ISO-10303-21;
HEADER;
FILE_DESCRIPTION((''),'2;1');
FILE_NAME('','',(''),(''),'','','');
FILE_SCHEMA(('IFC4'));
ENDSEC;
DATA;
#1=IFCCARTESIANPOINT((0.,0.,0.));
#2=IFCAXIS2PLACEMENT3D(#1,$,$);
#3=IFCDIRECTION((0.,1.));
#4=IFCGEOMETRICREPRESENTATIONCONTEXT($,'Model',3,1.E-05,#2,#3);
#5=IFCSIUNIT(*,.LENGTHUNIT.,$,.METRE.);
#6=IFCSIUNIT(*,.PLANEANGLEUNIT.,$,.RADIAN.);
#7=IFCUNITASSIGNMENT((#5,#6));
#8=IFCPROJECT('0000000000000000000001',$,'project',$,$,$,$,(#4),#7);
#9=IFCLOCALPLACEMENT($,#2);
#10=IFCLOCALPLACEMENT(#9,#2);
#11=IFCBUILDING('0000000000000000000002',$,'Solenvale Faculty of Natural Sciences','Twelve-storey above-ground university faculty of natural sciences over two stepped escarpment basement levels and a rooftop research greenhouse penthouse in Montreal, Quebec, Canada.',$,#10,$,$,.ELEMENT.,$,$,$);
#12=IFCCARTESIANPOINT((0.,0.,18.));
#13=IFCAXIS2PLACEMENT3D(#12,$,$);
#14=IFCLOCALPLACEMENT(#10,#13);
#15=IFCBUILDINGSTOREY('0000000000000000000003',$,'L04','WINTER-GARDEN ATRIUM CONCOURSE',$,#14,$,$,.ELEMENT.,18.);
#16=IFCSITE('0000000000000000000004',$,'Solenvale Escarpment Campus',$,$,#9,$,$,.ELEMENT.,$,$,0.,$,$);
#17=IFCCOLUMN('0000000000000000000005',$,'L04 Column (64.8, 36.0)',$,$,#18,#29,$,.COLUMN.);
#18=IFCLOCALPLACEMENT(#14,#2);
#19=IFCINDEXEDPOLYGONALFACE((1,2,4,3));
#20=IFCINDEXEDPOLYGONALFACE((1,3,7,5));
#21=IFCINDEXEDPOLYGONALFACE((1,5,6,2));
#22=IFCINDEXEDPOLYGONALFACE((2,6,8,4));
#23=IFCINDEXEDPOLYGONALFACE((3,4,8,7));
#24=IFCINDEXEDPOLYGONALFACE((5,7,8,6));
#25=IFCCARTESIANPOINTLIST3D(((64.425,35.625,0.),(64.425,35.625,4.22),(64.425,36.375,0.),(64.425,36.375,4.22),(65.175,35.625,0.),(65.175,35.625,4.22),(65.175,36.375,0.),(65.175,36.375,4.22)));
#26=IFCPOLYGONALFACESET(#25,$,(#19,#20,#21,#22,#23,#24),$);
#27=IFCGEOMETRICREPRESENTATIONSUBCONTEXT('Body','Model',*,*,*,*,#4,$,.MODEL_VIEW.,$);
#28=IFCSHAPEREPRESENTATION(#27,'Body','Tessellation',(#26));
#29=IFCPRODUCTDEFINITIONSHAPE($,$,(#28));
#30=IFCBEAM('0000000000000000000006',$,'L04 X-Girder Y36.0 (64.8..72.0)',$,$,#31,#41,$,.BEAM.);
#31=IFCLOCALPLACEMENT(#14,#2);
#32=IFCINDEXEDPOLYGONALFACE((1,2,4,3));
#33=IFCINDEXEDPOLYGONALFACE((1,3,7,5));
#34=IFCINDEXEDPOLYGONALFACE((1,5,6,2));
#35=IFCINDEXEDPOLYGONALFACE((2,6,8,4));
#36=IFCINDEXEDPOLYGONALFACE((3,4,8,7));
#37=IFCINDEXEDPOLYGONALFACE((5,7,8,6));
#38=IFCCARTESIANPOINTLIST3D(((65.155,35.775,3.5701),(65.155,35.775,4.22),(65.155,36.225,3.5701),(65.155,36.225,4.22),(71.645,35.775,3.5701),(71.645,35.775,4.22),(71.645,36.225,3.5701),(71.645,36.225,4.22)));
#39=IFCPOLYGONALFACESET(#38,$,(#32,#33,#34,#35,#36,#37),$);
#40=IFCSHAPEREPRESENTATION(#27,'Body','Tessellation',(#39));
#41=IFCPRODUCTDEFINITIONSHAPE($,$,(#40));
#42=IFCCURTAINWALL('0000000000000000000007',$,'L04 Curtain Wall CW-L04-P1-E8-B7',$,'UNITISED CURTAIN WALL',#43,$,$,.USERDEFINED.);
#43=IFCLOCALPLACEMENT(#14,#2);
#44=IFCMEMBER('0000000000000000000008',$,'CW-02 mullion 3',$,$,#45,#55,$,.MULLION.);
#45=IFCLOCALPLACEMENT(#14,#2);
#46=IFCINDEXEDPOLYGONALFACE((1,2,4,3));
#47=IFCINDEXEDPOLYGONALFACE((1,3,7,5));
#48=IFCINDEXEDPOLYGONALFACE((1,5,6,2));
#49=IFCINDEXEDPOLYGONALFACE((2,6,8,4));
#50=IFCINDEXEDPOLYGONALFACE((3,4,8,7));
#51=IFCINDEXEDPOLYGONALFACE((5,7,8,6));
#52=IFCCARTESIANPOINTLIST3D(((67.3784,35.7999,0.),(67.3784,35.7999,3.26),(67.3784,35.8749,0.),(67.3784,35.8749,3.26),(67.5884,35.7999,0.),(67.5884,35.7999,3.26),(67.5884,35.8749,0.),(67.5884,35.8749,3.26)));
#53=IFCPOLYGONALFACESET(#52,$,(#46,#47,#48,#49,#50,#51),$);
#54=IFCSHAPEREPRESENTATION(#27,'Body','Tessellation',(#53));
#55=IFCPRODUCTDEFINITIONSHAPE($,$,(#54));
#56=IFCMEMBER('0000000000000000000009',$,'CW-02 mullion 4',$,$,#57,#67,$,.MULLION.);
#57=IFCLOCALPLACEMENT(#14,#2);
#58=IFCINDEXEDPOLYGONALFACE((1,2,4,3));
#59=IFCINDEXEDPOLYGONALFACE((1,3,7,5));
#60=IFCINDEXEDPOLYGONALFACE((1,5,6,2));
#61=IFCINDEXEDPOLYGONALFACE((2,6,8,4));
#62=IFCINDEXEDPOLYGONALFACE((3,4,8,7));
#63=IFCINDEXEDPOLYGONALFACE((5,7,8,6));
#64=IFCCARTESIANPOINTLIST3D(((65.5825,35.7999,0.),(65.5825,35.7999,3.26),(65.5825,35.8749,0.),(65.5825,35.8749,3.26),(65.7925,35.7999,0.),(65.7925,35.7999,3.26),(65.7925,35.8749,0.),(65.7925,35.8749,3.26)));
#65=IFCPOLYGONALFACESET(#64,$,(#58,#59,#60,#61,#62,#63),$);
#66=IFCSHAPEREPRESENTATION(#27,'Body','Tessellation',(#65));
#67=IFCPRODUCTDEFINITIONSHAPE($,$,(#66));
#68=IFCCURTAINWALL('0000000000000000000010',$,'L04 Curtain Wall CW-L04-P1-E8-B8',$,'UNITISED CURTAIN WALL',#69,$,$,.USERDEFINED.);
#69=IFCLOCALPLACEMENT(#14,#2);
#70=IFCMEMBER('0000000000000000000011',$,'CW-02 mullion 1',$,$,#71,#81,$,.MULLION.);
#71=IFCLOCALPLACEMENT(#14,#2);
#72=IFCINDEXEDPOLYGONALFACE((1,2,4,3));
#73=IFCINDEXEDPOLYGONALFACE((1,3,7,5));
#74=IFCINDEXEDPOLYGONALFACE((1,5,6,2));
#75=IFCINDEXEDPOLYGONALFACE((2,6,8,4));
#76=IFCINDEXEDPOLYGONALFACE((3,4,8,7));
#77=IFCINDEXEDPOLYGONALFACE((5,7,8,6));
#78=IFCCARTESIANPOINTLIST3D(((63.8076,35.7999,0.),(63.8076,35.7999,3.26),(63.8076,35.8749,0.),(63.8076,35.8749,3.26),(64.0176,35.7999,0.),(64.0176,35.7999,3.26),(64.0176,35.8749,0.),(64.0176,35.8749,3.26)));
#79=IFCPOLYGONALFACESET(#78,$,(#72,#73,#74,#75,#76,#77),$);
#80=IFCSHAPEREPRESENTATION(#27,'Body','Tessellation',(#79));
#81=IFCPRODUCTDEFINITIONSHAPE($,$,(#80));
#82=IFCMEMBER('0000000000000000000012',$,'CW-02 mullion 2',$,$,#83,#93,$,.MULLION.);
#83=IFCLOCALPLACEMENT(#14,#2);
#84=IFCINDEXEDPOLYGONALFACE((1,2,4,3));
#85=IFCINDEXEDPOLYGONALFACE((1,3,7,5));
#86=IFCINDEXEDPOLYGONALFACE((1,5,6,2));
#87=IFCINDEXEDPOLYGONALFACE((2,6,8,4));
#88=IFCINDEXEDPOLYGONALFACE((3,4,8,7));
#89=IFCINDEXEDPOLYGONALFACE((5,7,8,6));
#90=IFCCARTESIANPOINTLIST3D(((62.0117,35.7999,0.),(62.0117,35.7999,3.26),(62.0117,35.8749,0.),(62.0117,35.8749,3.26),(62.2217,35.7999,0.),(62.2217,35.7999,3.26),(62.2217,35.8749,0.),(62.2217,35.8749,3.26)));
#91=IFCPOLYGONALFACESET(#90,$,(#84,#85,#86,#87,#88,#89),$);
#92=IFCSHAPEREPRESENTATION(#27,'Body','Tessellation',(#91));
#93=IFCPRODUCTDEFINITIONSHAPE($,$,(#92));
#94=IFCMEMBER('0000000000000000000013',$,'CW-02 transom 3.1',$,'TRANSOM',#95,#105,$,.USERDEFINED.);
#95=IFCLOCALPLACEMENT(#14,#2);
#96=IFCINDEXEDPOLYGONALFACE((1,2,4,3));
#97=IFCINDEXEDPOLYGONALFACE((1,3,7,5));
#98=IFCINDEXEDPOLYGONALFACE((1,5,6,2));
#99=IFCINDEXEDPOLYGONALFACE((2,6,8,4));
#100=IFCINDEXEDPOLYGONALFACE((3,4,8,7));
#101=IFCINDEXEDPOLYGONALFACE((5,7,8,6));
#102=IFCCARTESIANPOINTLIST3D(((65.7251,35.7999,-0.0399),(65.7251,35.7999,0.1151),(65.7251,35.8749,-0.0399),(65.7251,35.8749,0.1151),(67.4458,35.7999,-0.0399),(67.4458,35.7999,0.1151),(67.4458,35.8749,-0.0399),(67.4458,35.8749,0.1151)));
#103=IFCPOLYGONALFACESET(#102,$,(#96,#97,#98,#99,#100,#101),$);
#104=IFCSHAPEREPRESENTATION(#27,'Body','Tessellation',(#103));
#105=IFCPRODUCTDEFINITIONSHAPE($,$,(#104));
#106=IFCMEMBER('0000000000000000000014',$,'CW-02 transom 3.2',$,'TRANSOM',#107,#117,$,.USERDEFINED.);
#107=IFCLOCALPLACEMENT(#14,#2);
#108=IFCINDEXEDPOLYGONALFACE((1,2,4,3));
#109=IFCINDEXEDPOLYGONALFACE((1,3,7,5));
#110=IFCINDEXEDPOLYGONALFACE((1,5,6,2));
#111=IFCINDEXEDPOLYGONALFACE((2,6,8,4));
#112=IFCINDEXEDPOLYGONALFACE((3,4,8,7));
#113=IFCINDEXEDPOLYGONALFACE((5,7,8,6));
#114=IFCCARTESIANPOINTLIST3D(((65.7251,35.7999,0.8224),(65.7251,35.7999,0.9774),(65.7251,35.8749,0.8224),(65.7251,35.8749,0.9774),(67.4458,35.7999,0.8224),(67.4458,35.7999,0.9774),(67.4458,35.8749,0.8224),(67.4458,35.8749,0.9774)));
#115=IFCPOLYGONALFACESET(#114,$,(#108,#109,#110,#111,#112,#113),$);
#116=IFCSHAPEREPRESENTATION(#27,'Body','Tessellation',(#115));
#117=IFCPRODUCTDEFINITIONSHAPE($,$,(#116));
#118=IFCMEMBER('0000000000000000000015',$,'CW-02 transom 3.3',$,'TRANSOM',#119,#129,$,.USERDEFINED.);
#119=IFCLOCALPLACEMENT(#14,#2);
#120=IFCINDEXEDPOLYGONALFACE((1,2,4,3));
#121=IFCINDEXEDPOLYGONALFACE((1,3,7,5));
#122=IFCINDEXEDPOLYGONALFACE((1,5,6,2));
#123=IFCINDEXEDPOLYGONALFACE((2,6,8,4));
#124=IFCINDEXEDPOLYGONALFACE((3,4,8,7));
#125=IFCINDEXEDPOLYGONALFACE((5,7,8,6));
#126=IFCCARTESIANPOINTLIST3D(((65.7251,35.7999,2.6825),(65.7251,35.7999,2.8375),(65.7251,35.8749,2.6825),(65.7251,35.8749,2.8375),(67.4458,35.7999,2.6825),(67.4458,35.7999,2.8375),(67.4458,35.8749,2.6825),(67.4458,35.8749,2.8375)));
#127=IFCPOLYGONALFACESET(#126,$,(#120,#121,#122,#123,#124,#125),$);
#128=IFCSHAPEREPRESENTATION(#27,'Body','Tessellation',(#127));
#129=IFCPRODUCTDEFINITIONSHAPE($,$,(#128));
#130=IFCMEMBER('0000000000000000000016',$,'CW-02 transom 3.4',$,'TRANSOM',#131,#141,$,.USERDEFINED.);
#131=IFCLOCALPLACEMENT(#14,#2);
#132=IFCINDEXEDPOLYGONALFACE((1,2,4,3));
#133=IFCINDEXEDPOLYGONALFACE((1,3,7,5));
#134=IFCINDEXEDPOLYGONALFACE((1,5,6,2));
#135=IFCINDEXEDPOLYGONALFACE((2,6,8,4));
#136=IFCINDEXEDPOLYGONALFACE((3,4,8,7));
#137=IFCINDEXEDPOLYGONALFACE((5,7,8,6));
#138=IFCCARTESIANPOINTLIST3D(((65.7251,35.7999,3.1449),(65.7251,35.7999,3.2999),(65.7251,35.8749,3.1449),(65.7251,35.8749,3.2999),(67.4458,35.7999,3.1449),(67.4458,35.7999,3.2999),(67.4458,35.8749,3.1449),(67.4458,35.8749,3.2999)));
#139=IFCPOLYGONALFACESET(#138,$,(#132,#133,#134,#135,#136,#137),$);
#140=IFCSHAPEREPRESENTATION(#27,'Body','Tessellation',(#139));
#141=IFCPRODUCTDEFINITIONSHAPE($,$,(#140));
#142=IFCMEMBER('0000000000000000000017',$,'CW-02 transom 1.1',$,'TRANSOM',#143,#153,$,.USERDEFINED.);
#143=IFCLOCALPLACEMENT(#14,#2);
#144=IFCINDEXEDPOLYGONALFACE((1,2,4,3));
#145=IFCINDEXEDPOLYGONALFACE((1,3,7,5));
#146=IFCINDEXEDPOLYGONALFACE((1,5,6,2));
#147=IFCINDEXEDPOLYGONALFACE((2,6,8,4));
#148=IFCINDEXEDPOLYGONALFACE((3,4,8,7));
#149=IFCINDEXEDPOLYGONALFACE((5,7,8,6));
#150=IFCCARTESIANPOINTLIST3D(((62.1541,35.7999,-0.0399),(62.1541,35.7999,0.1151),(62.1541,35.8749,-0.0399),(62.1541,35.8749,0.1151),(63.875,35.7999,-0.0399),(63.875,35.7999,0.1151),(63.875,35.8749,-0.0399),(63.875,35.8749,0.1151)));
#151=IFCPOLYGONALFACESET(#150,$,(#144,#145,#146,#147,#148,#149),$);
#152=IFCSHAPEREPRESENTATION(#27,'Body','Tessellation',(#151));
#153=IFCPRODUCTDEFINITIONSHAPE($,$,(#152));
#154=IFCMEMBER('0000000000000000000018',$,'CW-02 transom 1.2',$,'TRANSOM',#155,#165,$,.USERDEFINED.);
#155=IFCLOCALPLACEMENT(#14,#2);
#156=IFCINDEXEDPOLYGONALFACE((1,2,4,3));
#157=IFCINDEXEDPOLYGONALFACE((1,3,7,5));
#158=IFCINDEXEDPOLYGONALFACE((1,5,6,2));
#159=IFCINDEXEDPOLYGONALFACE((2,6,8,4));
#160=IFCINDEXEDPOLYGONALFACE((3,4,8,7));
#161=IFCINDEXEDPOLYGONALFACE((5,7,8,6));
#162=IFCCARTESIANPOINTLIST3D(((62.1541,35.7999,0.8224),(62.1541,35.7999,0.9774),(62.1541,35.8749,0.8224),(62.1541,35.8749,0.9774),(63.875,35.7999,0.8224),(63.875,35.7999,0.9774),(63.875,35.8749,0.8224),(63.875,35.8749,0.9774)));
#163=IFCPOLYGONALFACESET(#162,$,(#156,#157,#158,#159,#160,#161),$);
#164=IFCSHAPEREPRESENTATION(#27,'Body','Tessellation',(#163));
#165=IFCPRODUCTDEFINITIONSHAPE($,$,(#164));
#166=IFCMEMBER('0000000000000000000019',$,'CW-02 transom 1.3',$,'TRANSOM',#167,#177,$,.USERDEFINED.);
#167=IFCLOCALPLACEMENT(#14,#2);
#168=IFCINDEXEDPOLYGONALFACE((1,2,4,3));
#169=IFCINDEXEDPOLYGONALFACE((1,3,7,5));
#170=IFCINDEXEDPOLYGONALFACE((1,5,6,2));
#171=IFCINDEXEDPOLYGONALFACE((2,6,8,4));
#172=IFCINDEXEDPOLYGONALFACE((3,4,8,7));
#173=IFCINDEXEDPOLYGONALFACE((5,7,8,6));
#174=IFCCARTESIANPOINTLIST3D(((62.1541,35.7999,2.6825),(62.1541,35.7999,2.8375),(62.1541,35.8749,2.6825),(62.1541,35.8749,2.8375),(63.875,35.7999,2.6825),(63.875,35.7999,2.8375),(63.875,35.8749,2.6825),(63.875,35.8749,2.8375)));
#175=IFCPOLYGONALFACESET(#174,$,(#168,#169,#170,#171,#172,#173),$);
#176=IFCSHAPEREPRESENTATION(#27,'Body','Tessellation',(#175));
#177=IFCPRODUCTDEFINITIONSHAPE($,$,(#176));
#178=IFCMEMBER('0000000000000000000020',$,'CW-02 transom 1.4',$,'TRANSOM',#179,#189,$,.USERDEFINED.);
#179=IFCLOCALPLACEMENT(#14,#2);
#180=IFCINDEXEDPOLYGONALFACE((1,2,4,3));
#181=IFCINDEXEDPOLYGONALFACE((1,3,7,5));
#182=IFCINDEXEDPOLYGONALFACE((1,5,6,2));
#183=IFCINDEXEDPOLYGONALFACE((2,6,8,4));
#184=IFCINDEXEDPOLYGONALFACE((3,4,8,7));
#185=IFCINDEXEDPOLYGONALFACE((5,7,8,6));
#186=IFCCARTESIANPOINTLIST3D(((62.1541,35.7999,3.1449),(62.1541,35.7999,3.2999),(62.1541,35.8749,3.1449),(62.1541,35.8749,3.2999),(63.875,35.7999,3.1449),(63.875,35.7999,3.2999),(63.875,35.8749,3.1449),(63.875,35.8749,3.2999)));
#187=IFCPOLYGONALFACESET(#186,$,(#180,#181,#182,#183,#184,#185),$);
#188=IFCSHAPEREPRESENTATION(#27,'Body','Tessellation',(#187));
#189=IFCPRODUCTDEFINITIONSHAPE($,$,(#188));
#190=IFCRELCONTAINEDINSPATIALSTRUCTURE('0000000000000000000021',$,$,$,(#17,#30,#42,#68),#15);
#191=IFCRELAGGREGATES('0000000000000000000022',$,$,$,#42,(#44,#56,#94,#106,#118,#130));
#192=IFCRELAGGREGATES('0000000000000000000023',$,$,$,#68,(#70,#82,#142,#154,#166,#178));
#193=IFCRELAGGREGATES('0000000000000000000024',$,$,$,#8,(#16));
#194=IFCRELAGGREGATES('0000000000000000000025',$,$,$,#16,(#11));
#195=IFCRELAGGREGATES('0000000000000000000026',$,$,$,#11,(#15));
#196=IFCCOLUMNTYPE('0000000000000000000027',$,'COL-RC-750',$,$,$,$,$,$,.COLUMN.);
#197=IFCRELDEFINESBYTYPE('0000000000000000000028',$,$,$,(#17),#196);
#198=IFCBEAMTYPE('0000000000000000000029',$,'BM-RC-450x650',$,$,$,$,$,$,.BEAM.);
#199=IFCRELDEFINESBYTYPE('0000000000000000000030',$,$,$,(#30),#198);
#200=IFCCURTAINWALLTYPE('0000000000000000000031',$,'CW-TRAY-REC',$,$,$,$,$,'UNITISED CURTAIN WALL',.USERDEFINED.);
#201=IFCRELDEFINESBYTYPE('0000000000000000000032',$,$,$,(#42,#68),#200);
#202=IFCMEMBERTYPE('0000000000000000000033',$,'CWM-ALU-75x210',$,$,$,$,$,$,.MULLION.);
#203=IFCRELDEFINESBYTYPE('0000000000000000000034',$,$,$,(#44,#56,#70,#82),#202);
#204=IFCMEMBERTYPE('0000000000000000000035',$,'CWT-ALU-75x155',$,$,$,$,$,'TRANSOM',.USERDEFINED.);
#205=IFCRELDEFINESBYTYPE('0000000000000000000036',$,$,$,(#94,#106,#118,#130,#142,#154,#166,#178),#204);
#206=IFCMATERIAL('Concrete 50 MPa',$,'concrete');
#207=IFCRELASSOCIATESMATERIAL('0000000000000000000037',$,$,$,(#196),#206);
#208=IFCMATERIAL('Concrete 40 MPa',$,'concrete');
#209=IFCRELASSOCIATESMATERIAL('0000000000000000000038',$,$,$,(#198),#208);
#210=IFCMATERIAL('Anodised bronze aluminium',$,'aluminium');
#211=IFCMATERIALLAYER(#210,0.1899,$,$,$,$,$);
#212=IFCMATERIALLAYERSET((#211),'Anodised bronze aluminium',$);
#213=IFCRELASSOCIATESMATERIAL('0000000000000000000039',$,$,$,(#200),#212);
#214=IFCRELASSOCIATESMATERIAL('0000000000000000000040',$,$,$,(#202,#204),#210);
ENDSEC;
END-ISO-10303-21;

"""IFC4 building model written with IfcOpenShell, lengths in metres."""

from ifc_helpers import new_model, si_unit, direction, frame, origin, origin_2d, place, context, subcontext, project, spatial, rectangle, extrude, material, layer, layer_set, material_profile, profile_set, type_object, element, aggregate, save


model = new_model("IFC4")

# Units and contexts
model_context = context("Model", 3, precision=1e-05, world=origin(), true_north=direction((0.0, 1.0)))
body_context = subcontext(model_context, "Body", "Model", "MODEL_VIEW")
ifc_project = project(units=[si_unit("LENGTHUNIT", "METRE"), si_unit("PLANEANGLEUNIT", "RADIAN")], contexts=[model_context])

# Site, building, storey
site_placement = place(None, origin())
site = spatial("IfcSite", under=ifc_project, at=site_placement, Name="Solenvale Escarpment Campus", CompositionType="ELEMENT", RefElevation=0.0)
building_placement = place(site_placement, origin())
building = spatial("IfcBuilding", under=site, at=building_placement, Name="Solenvale Faculty of Natural Sciences", Description="Twelve-storey above-ground university faculty of natural sciences over two stepped escarpment basement levels and a rooftop research greenhouse penthouse in Montreal, Quebec, Canada.", CompositionType="ELEMENT")
storey_placement = place(building_placement, frame((0.0, 0.0, 18.0)))
storey = spatial("IfcBuildingStorey", under=building, at=storey_placement, Name="L04", Description="WINTER-GARDEN ATRIUM CONCOURSE", CompositionType="ELEMENT", Elevation=18.0)

# Column
ifc_material_1 = material(Name="Concrete 50 MPa", Category="concrete")
ifc_material_profile_1 = material_profile(ifc_material_1, rectangle(XDim=0.75, YDim=0.75, at=origin_2d()), Name="RC-COL-750x750")
ifc_profile_set_1 = profile_set([ifc_material_profile_1], Name="Concrete 50 MPa")
column_type = type_object("IfcColumnType", Name="COL-RC-750", PredefinedType="COLUMN", material=ifc_profile_set_1)
column_placement = place(storey_placement, frame((64.8, 36.0, 0.0), z_axis=(0.0, 0.0, 1.0), x_axis=(1.0, 0.0, 0.0)))
element("IfcColumn", 1, at=column_placement, inside=storey, type_object=column_type, Name="L04 Column (64.8, 36.0)", PredefinedType="COLUMN", context=body_context, shape_type="SweptSolid", body=[
    extrude(rectangle(XDim=0.75, YDim=0.75, at=origin_2d()), origin(), (0.0, 0.0, 1.0), 4.22),
])

# Beam
ifc_material_2 = material(Name="Concrete 40 MPa", Category="concrete")
ifc_material_profile_2 = material_profile(ifc_material_2, rectangle(XDim=0.45, YDim=0.6499, at=origin_2d()), Name="RC-BM-450x650")
ifc_profile_set_2 = profile_set([ifc_material_profile_2], Name="Concrete 40 MPa")
beam_type = type_object("IfcBeamType", Name="BM-RC-450x650", PredefinedType="BEAM", material=ifc_profile_set_2)
beam_placement = place(storey_placement, frame((65.155, 36.0, 3.895), z_axis=(1.0, 0.0, 0.0), x_axis=(0.0, 1.0, 0.0)))
element("IfcBeam", 2, at=beam_placement, inside=storey, type_object=beam_type, Name="L04 X-Girder Y36.0 (64.8..72.0)", PredefinedType="BEAM", context=body_context, shape_type="SweptSolid", body=[
    extrude(rectangle(XDim=0.45, YDim=0.6499, at=origin_2d()), origin(), (0.0, 0.0, 1.0), 6.49),
])

# Curtain walls, members
ifc_material_3 = material(Name="Anodised bronze aluminium", Category="aluminium")
ifc_layer_1 = layer(ifc_material_3, 0.1899)
ifc_layer_set_1 = layer_set([ifc_layer_1], Name="Anodised bronze aluminium")
curtain_wall_type = type_object("IfcCurtainWallType", Name="CW-TRAY-REC", ElementType="UNITISED CURTAIN WALL", PredefinedType="USERDEFINED", material=ifc_layer_set_1)
curtain_wall_1_placement = place(storey_placement, origin())
curtain_wall_1 = element("IfcCurtainWall", 3, at=curtain_wall_1_placement, inside=storey, type_object=curtain_wall_type, Name="L04 Curtain Wall CW-L04-P1-E8-B7", ObjectType="UNITISED CURTAIN WALL", PredefinedType="USERDEFINED")
ifc_material_profile_3 = material_profile(ifc_material_3, rectangle(XDim=0.075, YDim=0.21, at=origin_2d()), Name="ALU-MUL-75x210")
ifc_profile_set_3 = profile_set([ifc_material_profile_3], Name="Anodised bronze aluminium")
member_type_1 = type_object("IfcMemberType", Name="CWM-ALU-75x210", PredefinedType="MULLION", material=ifc_profile_set_3)
member_1_placement = place(storey_placement, frame((67.4834, 35.8374, 0.0), z_axis=(0.0, 0.0, 1.0), x_axis=(0.0, -1.0, 0.0)))
member_1 = element("IfcMember", 4, at=member_1_placement, type_object=member_type_1, Name="CW-02 mullion 3", PredefinedType="MULLION", context=body_context, shape_type="SweptSolid", body=[
    extrude(rectangle(XDim=0.075, YDim=0.21, at=origin_2d()), origin(), (0.0, 0.0, 1.0), 3.26),
])
member_2_placement = place(storey_placement, frame((65.6875, 35.8374, 0.0), z_axis=(0.0, 0.0, 1.0), x_axis=(0.0, -1.0, 0.0)))
member_2 = element("IfcMember", 5, at=member_2_placement, type_object=member_type_1, Name="CW-02 mullion 4", PredefinedType="MULLION", context=body_context, shape_type="SweptSolid", body=[
    extrude(rectangle(XDim=0.075, YDim=0.21, at=origin_2d()), origin(), (0.0, 0.0, 1.0), 3.26),
])
curtain_wall_2_placement = place(storey_placement, origin())
curtain_wall_2 = element("IfcCurtainWall", 6, at=curtain_wall_2_placement, inside=storey, type_object=curtain_wall_type, Name="L04 Curtain Wall CW-L04-P1-E8-B8", ObjectType="UNITISED CURTAIN WALL", PredefinedType="USERDEFINED")
member_3_placement = place(storey_placement, frame((63.9126, 35.8374, 0.0), z_axis=(0.0, 0.0, 1.0), x_axis=(0.0, -1.0, 0.0)))
member_3 = element("IfcMember", 7, at=member_3_placement, type_object=member_type_1, Name="CW-02 mullion 1", PredefinedType="MULLION", context=body_context, shape_type="SweptSolid", body=[
    extrude(rectangle(XDim=0.075, YDim=0.21, at=origin_2d()), origin(), (0.0, 0.0, 1.0), 3.26),
])
member_4_placement = place(storey_placement, frame((62.1167, 35.8374, 0.0), z_axis=(0.0, 0.0, 1.0), x_axis=(0.0, -1.0, 0.0)))
member_4 = element("IfcMember", 8, at=member_4_placement, type_object=member_type_1, Name="CW-02 mullion 2", PredefinedType="MULLION", context=body_context, shape_type="SweptSolid", body=[
    extrude(rectangle(XDim=0.075, YDim=0.21, at=origin_2d()), origin(), (0.0, 0.0, 1.0), 3.26),
])

# Members
ifc_material_profile_4 = material_profile(ifc_material_3, rectangle(XDim=0.075, YDim=0.155, at=origin_2d()), Name="ALU-TRN-75x155")
ifc_profile_set_4 = profile_set([ifc_material_profile_4], Name="Anodised bronze aluminium")
member_type_2 = type_object("IfcMemberType", Name="CWT-ALU-75x155", ElementType="TRANSOM", PredefinedType="USERDEFINED", material=ifc_profile_set_4)
member_5_placement = place(storey_placement, frame((67.4458, 35.8374, 0.0376), z_axis=(-1.0, 0.0, 0.0), x_axis=(0.0, -1.0, 0.0)))
member_5 = element("IfcMember", 9, at=member_5_placement, type_object=member_type_2, Name="CW-02 transom 3.1", ObjectType="TRANSOM", PredefinedType="USERDEFINED", context=body_context, shape_type="SweptSolid", body=[
    extrude(rectangle(XDim=0.075, YDim=0.155, at=origin_2d()), origin(), (0.0, 0.0, 1.0), 1.7207),
])
member_6_placement = place(storey_placement, frame((67.4458, 35.8374, 0.8999), z_axis=(-1.0, 0.0, 0.0), x_axis=(0.0, -1.0, 0.0)))
member_6 = element("IfcMember", 10, at=member_6_placement, type_object=member_type_2, Name="CW-02 transom 3.2", ObjectType="TRANSOM", PredefinedType="USERDEFINED", context=body_context, shape_type="SweptSolid", body=[
    extrude(rectangle(XDim=0.075, YDim=0.155, at=origin_2d()), origin(), (0.0, 0.0, 1.0), 1.7207),
])
member_7_placement = place(storey_placement, frame((67.4458, 35.8374, 2.76), z_axis=(-1.0, 0.0, 0.0), x_axis=(0.0, -1.0, 0.0)))
member_7 = element("IfcMember", 11, at=member_7_placement, type_object=member_type_2, Name="CW-02 transom 3.3", ObjectType="TRANSOM", PredefinedType="USERDEFINED", context=body_context, shape_type="SweptSolid", body=[
    extrude(rectangle(XDim=0.075, YDim=0.155, at=origin_2d()), origin(), (0.0, 0.0, 1.0), 1.7207),
])
member_8_placement = place(storey_placement, frame((67.4458, 35.8374, 3.2224), z_axis=(-1.0, 0.0, 0.0), x_axis=(0.0, -1.0, 0.0)))
member_8 = element("IfcMember", 12, at=member_8_placement, type_object=member_type_2, Name="CW-02 transom 3.4", ObjectType="TRANSOM", PredefinedType="USERDEFINED", context=body_context, shape_type="SweptSolid", body=[
    extrude(rectangle(XDim=0.075, YDim=0.155, at=origin_2d()), origin(), (0.0, 0.0, 1.0), 1.7207),
])
member_9_placement = place(storey_placement, frame((63.875, 35.8374, 0.0376), z_axis=(-1.0, 0.0, 0.0), x_axis=(0.0, -1.0, 0.0)))
member_9 = element("IfcMember", 13, at=member_9_placement, type_object=member_type_2, Name="CW-02 transom 1.1", ObjectType="TRANSOM", PredefinedType="USERDEFINED", context=body_context, shape_type="SweptSolid", body=[
    extrude(rectangle(XDim=0.075, YDim=0.155, at=origin_2d()), origin(), (0.0, 0.0, 1.0), 1.7209),
])
member_10_placement = place(storey_placement, frame((63.875, 35.8374, 0.8999), z_axis=(-1.0, 0.0, 0.0), x_axis=(0.0, -1.0, 0.0)))
member_10 = element("IfcMember", 14, at=member_10_placement, type_object=member_type_2, Name="CW-02 transom 1.2", ObjectType="TRANSOM", PredefinedType="USERDEFINED", context=body_context, shape_type="SweptSolid", body=[
    extrude(rectangle(XDim=0.075, YDim=0.155, at=origin_2d()), origin(), (0.0, 0.0, 1.0), 1.7209),
])
member_11_placement = place(storey_placement, frame((63.875, 35.8374, 2.76), z_axis=(-1.0, 0.0, 0.0), x_axis=(0.0, -1.0, 0.0)))
member_11 = element("IfcMember", 15, at=member_11_placement, type_object=member_type_2, Name="CW-02 transom 1.3", ObjectType="TRANSOM", PredefinedType="USERDEFINED", context=body_context, shape_type="SweptSolid", body=[
    extrude(rectangle(XDim=0.075, YDim=0.155, at=origin_2d()), origin(), (0.0, 0.0, 1.0), 1.7209),
])
member_12_placement = place(storey_placement, frame((63.875, 35.8374, 3.2224), z_axis=(-1.0, 0.0, 0.0), x_axis=(0.0, -1.0, 0.0)))
member_12 = element("IfcMember", 16, at=member_12_placement, type_object=member_type_2, Name="CW-02 transom 1.4", ObjectType="TRANSOM", PredefinedType="USERDEFINED", context=body_context, shape_type="SweptSolid", body=[
    extrude(rectangle(XDim=0.075, YDim=0.155, at=origin_2d()), origin(), (0.0, 0.0, 1.0), 1.7209),
])

aggregate(curtain_wall_1, [member_1, member_2, member_5, member_6, member_7, member_8])
aggregate(curtain_wall_2, [member_3, member_4, member_9, member_10, member_11, member_12])

save(model, "model.ifc")
